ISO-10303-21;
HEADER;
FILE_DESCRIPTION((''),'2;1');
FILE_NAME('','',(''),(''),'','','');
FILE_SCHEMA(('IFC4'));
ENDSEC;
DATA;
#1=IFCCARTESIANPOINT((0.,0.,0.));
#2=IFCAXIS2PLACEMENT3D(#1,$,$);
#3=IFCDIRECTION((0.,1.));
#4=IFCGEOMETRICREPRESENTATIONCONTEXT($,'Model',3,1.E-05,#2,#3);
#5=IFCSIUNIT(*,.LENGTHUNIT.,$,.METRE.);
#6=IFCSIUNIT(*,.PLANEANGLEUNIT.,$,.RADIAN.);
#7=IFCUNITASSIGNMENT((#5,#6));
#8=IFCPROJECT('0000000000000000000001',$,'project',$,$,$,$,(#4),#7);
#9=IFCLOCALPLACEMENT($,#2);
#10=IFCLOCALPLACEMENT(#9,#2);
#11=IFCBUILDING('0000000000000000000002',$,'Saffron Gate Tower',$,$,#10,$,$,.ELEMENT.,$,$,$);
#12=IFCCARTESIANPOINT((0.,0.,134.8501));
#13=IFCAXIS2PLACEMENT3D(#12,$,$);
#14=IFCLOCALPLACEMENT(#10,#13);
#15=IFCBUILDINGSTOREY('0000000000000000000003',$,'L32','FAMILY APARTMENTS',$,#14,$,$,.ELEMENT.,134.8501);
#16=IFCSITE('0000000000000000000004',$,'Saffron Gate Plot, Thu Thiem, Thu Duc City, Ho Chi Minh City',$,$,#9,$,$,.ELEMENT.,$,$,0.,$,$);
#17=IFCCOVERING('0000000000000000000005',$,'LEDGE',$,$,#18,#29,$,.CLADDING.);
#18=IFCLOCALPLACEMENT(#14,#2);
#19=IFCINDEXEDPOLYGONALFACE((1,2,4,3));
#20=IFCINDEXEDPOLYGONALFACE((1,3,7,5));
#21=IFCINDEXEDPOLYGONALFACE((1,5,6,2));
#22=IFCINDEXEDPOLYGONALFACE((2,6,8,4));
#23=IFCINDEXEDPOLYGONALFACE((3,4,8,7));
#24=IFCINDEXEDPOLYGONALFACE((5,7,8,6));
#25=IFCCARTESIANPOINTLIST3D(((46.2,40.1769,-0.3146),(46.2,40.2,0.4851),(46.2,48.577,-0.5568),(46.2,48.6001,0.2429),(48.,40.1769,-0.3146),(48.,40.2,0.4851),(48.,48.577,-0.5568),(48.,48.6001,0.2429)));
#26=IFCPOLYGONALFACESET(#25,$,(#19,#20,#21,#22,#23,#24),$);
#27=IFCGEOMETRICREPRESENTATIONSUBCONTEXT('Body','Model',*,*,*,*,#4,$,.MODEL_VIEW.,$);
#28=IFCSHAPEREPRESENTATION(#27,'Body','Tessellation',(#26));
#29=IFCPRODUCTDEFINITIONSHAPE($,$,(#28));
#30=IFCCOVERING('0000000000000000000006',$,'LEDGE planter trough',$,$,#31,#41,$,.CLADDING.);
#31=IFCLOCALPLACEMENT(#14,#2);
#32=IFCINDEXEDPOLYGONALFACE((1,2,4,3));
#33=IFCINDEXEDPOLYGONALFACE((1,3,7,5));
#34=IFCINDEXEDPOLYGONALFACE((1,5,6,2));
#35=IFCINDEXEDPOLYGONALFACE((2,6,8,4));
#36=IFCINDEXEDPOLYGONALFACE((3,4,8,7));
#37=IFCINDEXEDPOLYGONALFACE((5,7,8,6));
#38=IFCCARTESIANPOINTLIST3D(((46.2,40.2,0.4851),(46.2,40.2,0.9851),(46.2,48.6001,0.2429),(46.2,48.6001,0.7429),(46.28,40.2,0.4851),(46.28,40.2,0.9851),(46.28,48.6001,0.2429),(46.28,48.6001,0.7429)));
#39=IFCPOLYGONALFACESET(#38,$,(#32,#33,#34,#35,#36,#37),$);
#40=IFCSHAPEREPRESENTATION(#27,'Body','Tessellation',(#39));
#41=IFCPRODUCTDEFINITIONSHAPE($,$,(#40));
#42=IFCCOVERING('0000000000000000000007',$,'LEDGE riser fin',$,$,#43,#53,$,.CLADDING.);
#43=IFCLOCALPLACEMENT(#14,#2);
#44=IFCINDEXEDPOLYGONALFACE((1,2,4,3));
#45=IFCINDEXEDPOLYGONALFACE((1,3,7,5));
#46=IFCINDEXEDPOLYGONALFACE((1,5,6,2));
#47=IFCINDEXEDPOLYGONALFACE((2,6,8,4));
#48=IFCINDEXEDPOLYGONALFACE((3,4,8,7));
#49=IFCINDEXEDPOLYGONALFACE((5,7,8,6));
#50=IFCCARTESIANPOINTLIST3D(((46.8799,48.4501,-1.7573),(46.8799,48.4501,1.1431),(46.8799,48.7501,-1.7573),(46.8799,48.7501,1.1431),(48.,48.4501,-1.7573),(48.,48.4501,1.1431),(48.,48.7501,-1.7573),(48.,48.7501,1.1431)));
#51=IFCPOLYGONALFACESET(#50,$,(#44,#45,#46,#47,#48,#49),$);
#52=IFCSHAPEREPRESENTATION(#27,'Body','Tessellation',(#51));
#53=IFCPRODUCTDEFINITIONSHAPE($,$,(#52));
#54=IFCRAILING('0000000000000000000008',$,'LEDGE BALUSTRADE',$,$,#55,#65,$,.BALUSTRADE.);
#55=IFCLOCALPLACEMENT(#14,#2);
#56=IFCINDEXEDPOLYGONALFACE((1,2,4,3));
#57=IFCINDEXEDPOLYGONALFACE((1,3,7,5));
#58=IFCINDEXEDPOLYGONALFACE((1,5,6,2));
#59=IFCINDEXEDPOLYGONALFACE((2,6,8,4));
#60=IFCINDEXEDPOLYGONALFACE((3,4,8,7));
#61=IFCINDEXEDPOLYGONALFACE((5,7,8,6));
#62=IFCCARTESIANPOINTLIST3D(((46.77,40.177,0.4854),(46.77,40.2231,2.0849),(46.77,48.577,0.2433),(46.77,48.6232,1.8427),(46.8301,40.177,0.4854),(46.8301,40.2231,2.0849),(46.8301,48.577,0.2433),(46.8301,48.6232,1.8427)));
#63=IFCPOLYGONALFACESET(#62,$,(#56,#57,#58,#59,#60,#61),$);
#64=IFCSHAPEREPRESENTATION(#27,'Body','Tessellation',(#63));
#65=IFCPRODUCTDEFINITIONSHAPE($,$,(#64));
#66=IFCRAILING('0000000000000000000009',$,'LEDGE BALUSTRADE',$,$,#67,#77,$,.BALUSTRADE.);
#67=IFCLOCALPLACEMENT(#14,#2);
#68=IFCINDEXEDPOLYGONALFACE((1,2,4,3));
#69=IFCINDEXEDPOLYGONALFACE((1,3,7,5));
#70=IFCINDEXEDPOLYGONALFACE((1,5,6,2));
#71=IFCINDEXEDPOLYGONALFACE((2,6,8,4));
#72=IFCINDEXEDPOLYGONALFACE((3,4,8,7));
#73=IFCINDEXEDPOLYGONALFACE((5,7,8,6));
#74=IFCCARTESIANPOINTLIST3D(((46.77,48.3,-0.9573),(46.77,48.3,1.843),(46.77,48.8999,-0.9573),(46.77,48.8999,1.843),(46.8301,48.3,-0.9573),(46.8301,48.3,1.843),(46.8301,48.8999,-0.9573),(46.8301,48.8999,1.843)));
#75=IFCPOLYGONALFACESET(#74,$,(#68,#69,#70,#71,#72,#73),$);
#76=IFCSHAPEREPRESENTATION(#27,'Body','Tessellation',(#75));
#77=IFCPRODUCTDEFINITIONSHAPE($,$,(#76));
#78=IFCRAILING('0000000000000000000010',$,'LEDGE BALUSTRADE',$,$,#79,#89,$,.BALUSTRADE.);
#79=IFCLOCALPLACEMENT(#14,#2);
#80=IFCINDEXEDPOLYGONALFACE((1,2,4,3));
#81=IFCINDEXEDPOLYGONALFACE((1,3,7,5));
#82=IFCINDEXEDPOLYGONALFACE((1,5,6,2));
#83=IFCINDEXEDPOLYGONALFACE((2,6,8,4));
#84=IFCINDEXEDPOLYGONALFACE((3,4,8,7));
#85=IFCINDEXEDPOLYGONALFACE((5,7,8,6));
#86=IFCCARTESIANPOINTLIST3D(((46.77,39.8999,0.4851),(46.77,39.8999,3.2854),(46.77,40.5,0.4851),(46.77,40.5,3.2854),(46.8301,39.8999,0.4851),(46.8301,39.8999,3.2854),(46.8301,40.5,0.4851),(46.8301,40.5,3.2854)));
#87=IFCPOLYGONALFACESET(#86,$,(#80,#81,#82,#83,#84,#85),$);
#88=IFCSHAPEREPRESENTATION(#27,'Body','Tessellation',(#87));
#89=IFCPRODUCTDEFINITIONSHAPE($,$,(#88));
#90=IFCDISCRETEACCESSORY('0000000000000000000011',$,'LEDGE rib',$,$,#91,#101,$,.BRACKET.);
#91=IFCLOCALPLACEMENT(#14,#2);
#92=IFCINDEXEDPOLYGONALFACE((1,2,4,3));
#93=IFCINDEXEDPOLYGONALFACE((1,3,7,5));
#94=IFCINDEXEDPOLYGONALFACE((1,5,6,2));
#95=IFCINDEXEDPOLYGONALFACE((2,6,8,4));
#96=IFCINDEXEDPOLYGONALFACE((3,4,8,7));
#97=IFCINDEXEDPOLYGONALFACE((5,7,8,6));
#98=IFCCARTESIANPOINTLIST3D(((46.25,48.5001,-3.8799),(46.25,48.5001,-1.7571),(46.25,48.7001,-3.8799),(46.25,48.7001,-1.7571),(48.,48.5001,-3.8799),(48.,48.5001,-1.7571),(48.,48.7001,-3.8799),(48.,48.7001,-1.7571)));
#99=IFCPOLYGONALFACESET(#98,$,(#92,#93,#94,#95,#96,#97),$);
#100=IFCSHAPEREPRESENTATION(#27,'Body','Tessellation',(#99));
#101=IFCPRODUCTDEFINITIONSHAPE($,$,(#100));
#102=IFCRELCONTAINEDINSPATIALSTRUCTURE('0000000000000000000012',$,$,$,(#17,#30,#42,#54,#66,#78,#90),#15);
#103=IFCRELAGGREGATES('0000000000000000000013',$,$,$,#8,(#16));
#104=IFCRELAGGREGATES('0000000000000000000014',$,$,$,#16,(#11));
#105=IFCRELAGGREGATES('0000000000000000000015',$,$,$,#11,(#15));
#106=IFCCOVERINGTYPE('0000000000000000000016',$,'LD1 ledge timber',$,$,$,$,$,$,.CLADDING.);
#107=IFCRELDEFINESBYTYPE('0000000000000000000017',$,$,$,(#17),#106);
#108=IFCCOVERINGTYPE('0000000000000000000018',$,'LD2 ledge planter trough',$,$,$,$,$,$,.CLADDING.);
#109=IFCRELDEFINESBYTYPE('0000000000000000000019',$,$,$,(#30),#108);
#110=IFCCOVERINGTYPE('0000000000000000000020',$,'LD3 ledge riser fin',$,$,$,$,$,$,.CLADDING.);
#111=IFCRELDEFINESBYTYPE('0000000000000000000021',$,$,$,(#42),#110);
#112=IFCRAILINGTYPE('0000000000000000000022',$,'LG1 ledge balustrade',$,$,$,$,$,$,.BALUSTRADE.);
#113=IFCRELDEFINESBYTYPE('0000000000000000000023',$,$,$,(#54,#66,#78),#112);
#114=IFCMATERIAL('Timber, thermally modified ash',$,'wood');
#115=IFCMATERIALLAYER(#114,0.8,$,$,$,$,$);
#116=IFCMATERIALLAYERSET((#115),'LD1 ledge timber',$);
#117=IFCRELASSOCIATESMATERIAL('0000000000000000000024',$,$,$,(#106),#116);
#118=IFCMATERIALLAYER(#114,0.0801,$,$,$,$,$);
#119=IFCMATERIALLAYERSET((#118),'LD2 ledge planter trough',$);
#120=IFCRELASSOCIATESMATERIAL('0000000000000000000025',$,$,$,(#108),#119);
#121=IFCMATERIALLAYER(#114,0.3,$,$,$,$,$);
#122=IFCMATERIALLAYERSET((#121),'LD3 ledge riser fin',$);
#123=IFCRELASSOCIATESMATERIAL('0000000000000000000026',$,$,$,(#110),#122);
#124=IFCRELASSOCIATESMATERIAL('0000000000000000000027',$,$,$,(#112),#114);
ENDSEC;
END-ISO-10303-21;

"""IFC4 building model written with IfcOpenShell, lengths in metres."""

from ifc_helpers import new_model, si_unit, direction, frame, origin, origin_2d, place, context, subcontext, project, spatial, polyline, rectangle, outline, extrude, material, layer, layer_set, type_object, element, save


model = new_model("IFC4")

# Units and contexts
model_context = context("Model", 3, precision=1e-05, world=origin(), true_north=direction((0.0, 1.0)))
body_context = subcontext(model_context, "Body", "Model", "MODEL_VIEW")
ifc_project = project(units=[si_unit("LENGTHUNIT", "METRE"), si_unit("PLANEANGLEUNIT", "RADIAN")], contexts=[model_context])

# Site, building, storey
site_placement = place(None, origin())
site = spatial("IfcSite", under=ifc_project, at=site_placement, Name="Saffron Gate Plot, Thu Thiem, Thu Duc City, Ho Chi Minh City", CompositionType="ELEMENT", RefElevation=0.0)
building_placement = place(site_placement, origin())
building = spatial("IfcBuilding", under=site, at=building_placement, Name="Saffron Gate Tower", CompositionType="ELEMENT")
storey_placement = place(building_placement, frame((0.0, 0.0, 134.8501)))
storey = spatial("IfcBuildingStorey", under=building, at=storey_placement, Name="L32", Description="FAMILY APARTMENTS", CompositionType="ELEMENT", Elevation=134.8501)

# Coverings
ifc_material_1 = material(Name="Timber, thermally modified ash", Category="wood")
ifc_layer_1 = layer(ifc_material_1, 0.8)
ifc_layer_set_1 = layer_set([ifc_layer_1], Name="LD1 ledge timber")
covering_type_1 = type_object("IfcCoveringType", Name="LD1 ledge timber", PredefinedType="CLADDING", material=ifc_layer_set_1)
covering_1_placement = place(storey_placement, frame((48.0, 48.6001, 0.2429), z_axis=(0.0, 0.028819, 0.999585), x_axis=(0.0, -0.999585, 0.028819)))
element("IfcCovering", 1, at=covering_1_placement, inside=storey, type_object=covering_type_1, Name="LEDGE", PredefinedType="CLADDING", context=body_context, shape_type="SweptSolid", body=[
    extrude(outline(polyline([(0.0, 0.0), (8.4036, 0.0), (8.4036, -1.8), (0.0, -1.8), (0.0, 0.0)])), origin(), (0.0, 0.0, -1.0), 0.8),
])
ifc_layer_2 = layer(ifc_material_1, 0.0801)
ifc_layer_set_2 = layer_set([ifc_layer_2], Name="LD2 ledge planter trough")
covering_type_2 = type_object("IfcCoveringType", Name="LD2 ledge planter trough", PredefinedType="CLADDING", material=ifc_layer_set_2)
covering_2_placement = place(storey_placement, frame((46.2, 48.6001, 0.2429), z_axis=(-1.0, 0.0, 0.0), x_axis=(0.0, -0.999585, 0.028819)))
element("IfcCovering", 2, at=covering_2_placement, inside=storey, type_object=covering_type_2, Name="LEDGE planter trough", PredefinedType="CLADDING", context=body_context, shape_type="SweptSolid", body=[
    extrude(outline(polyline([(0.0, 0.0), (8.4036, 0.0), (8.418, 0.4998), (0.0144, 0.4998), (0.0, 0.0)])), origin(), (0.0, 0.0, -1.0), 0.0801),
])
ifc_layer_3 = layer(ifc_material_1, 0.3)
ifc_layer_set_3 = layer_set([ifc_layer_3], Name="LD3 ledge riser fin")
covering_type_3 = type_object("IfcCoveringType", Name="LD3 ledge riser fin", PredefinedType="CLADDING", material=ifc_layer_set_3)
covering_3_placement = place(storey_placement, frame((47.4399, 48.6001, -1.7573), z_axis=(0.0, 0.0, 1.0), x_axis=(0.0, -1.0, 0.0)))
element("IfcCovering", 3, at=covering_3_placement, inside=storey, type_object=covering_type_3, Name="LEDGE riser fin", PredefinedType="CLADDING", context=body_context, shape_type="SweptSolid", body=[
    extrude(rectangle(XDim=0.3, YDim=1.1201, at=origin_2d()), origin(), (0.0, 0.0, 1.0), 2.9004),
])

# Railings
railing_type = type_object("IfcRailingType", Name="LG1 ledge balustrade", PredefinedType="BALUSTRADE", material=ifc_material_1)
railing_1_placement = place(storey_placement, frame((46.8, 48.6001, 0.2429)))
element("IfcRailing", 4, at=railing_1_placement, inside=storey, type_object=railing_type, Name="LEDGE BALUSTRADE", PredefinedType="BALUSTRADE", context=body_context, shape_type="SweptSolid", body=[
    extrude(rectangle(XDim=0.0601, YDim=1.6001, at=origin_2d()), frame((0.0, 0.0, 0.8), z_axis=(0.0, -0.999585, 0.028819), x_axis=(1.0, 0.0, 0.0)), (0.0, 0.0, 1.0), 8.4036),
])
railing_2_placement = place(storey_placement, frame((46.8, 48.8999, -0.9573)))
element("IfcRailing", 5, at=railing_2_placement, inside=storey, type_object=railing_type, Name="LEDGE BALUSTRADE", PredefinedType="BALUSTRADE", context=body_context, shape_type="SweptSolid", body=[
    extrude(rectangle(XDim=0.0601, YDim=2.8003, at=origin_2d()), frame((0.0, 0.0, 1.4001), z_axis=(0.0, -1.0, 0.0), x_axis=(1.0, 0.0, 0.0)), (0.0, 0.0, 1.0), 0.5999),
])
railing_3_placement = place(storey_placement, frame((46.8, 40.5, 0.4851)))
element("IfcRailing", 6, at=railing_3_placement, inside=storey, type_object=railing_type, Name="LEDGE BALUSTRADE", PredefinedType="BALUSTRADE", context=body_context, shape_type="SweptSolid", body=[
    extrude(rectangle(XDim=0.0601, YDim=2.8003, at=origin_2d()), frame((0.0, 0.0, 1.4001), z_axis=(0.0, -1.0, 0.0), x_axis=(1.0, 0.0, 0.0)), (0.0, 0.0, 1.0), 0.6001),
])

# Discrete accessory
discrete_accessory_placement = place(storey_placement, frame((47.125, 48.6001, -3.8799), z_axis=(0.0, 0.0, 1.0), x_axis=(0.0, -1.0, 0.0)))
element("IfcDiscreteAccessory", 7, at=discrete_accessory_placement, inside=storey, Name="LEDGE rib", PredefinedType="BRACKET", context=body_context, shape_type="SweptSolid", body=[
    extrude(rectangle(XDim=0.2, YDim=1.75, at=origin_2d()), origin(), (0.0, 0.0, 1.0), 2.1228),
])

save(model, "model.ifc")
